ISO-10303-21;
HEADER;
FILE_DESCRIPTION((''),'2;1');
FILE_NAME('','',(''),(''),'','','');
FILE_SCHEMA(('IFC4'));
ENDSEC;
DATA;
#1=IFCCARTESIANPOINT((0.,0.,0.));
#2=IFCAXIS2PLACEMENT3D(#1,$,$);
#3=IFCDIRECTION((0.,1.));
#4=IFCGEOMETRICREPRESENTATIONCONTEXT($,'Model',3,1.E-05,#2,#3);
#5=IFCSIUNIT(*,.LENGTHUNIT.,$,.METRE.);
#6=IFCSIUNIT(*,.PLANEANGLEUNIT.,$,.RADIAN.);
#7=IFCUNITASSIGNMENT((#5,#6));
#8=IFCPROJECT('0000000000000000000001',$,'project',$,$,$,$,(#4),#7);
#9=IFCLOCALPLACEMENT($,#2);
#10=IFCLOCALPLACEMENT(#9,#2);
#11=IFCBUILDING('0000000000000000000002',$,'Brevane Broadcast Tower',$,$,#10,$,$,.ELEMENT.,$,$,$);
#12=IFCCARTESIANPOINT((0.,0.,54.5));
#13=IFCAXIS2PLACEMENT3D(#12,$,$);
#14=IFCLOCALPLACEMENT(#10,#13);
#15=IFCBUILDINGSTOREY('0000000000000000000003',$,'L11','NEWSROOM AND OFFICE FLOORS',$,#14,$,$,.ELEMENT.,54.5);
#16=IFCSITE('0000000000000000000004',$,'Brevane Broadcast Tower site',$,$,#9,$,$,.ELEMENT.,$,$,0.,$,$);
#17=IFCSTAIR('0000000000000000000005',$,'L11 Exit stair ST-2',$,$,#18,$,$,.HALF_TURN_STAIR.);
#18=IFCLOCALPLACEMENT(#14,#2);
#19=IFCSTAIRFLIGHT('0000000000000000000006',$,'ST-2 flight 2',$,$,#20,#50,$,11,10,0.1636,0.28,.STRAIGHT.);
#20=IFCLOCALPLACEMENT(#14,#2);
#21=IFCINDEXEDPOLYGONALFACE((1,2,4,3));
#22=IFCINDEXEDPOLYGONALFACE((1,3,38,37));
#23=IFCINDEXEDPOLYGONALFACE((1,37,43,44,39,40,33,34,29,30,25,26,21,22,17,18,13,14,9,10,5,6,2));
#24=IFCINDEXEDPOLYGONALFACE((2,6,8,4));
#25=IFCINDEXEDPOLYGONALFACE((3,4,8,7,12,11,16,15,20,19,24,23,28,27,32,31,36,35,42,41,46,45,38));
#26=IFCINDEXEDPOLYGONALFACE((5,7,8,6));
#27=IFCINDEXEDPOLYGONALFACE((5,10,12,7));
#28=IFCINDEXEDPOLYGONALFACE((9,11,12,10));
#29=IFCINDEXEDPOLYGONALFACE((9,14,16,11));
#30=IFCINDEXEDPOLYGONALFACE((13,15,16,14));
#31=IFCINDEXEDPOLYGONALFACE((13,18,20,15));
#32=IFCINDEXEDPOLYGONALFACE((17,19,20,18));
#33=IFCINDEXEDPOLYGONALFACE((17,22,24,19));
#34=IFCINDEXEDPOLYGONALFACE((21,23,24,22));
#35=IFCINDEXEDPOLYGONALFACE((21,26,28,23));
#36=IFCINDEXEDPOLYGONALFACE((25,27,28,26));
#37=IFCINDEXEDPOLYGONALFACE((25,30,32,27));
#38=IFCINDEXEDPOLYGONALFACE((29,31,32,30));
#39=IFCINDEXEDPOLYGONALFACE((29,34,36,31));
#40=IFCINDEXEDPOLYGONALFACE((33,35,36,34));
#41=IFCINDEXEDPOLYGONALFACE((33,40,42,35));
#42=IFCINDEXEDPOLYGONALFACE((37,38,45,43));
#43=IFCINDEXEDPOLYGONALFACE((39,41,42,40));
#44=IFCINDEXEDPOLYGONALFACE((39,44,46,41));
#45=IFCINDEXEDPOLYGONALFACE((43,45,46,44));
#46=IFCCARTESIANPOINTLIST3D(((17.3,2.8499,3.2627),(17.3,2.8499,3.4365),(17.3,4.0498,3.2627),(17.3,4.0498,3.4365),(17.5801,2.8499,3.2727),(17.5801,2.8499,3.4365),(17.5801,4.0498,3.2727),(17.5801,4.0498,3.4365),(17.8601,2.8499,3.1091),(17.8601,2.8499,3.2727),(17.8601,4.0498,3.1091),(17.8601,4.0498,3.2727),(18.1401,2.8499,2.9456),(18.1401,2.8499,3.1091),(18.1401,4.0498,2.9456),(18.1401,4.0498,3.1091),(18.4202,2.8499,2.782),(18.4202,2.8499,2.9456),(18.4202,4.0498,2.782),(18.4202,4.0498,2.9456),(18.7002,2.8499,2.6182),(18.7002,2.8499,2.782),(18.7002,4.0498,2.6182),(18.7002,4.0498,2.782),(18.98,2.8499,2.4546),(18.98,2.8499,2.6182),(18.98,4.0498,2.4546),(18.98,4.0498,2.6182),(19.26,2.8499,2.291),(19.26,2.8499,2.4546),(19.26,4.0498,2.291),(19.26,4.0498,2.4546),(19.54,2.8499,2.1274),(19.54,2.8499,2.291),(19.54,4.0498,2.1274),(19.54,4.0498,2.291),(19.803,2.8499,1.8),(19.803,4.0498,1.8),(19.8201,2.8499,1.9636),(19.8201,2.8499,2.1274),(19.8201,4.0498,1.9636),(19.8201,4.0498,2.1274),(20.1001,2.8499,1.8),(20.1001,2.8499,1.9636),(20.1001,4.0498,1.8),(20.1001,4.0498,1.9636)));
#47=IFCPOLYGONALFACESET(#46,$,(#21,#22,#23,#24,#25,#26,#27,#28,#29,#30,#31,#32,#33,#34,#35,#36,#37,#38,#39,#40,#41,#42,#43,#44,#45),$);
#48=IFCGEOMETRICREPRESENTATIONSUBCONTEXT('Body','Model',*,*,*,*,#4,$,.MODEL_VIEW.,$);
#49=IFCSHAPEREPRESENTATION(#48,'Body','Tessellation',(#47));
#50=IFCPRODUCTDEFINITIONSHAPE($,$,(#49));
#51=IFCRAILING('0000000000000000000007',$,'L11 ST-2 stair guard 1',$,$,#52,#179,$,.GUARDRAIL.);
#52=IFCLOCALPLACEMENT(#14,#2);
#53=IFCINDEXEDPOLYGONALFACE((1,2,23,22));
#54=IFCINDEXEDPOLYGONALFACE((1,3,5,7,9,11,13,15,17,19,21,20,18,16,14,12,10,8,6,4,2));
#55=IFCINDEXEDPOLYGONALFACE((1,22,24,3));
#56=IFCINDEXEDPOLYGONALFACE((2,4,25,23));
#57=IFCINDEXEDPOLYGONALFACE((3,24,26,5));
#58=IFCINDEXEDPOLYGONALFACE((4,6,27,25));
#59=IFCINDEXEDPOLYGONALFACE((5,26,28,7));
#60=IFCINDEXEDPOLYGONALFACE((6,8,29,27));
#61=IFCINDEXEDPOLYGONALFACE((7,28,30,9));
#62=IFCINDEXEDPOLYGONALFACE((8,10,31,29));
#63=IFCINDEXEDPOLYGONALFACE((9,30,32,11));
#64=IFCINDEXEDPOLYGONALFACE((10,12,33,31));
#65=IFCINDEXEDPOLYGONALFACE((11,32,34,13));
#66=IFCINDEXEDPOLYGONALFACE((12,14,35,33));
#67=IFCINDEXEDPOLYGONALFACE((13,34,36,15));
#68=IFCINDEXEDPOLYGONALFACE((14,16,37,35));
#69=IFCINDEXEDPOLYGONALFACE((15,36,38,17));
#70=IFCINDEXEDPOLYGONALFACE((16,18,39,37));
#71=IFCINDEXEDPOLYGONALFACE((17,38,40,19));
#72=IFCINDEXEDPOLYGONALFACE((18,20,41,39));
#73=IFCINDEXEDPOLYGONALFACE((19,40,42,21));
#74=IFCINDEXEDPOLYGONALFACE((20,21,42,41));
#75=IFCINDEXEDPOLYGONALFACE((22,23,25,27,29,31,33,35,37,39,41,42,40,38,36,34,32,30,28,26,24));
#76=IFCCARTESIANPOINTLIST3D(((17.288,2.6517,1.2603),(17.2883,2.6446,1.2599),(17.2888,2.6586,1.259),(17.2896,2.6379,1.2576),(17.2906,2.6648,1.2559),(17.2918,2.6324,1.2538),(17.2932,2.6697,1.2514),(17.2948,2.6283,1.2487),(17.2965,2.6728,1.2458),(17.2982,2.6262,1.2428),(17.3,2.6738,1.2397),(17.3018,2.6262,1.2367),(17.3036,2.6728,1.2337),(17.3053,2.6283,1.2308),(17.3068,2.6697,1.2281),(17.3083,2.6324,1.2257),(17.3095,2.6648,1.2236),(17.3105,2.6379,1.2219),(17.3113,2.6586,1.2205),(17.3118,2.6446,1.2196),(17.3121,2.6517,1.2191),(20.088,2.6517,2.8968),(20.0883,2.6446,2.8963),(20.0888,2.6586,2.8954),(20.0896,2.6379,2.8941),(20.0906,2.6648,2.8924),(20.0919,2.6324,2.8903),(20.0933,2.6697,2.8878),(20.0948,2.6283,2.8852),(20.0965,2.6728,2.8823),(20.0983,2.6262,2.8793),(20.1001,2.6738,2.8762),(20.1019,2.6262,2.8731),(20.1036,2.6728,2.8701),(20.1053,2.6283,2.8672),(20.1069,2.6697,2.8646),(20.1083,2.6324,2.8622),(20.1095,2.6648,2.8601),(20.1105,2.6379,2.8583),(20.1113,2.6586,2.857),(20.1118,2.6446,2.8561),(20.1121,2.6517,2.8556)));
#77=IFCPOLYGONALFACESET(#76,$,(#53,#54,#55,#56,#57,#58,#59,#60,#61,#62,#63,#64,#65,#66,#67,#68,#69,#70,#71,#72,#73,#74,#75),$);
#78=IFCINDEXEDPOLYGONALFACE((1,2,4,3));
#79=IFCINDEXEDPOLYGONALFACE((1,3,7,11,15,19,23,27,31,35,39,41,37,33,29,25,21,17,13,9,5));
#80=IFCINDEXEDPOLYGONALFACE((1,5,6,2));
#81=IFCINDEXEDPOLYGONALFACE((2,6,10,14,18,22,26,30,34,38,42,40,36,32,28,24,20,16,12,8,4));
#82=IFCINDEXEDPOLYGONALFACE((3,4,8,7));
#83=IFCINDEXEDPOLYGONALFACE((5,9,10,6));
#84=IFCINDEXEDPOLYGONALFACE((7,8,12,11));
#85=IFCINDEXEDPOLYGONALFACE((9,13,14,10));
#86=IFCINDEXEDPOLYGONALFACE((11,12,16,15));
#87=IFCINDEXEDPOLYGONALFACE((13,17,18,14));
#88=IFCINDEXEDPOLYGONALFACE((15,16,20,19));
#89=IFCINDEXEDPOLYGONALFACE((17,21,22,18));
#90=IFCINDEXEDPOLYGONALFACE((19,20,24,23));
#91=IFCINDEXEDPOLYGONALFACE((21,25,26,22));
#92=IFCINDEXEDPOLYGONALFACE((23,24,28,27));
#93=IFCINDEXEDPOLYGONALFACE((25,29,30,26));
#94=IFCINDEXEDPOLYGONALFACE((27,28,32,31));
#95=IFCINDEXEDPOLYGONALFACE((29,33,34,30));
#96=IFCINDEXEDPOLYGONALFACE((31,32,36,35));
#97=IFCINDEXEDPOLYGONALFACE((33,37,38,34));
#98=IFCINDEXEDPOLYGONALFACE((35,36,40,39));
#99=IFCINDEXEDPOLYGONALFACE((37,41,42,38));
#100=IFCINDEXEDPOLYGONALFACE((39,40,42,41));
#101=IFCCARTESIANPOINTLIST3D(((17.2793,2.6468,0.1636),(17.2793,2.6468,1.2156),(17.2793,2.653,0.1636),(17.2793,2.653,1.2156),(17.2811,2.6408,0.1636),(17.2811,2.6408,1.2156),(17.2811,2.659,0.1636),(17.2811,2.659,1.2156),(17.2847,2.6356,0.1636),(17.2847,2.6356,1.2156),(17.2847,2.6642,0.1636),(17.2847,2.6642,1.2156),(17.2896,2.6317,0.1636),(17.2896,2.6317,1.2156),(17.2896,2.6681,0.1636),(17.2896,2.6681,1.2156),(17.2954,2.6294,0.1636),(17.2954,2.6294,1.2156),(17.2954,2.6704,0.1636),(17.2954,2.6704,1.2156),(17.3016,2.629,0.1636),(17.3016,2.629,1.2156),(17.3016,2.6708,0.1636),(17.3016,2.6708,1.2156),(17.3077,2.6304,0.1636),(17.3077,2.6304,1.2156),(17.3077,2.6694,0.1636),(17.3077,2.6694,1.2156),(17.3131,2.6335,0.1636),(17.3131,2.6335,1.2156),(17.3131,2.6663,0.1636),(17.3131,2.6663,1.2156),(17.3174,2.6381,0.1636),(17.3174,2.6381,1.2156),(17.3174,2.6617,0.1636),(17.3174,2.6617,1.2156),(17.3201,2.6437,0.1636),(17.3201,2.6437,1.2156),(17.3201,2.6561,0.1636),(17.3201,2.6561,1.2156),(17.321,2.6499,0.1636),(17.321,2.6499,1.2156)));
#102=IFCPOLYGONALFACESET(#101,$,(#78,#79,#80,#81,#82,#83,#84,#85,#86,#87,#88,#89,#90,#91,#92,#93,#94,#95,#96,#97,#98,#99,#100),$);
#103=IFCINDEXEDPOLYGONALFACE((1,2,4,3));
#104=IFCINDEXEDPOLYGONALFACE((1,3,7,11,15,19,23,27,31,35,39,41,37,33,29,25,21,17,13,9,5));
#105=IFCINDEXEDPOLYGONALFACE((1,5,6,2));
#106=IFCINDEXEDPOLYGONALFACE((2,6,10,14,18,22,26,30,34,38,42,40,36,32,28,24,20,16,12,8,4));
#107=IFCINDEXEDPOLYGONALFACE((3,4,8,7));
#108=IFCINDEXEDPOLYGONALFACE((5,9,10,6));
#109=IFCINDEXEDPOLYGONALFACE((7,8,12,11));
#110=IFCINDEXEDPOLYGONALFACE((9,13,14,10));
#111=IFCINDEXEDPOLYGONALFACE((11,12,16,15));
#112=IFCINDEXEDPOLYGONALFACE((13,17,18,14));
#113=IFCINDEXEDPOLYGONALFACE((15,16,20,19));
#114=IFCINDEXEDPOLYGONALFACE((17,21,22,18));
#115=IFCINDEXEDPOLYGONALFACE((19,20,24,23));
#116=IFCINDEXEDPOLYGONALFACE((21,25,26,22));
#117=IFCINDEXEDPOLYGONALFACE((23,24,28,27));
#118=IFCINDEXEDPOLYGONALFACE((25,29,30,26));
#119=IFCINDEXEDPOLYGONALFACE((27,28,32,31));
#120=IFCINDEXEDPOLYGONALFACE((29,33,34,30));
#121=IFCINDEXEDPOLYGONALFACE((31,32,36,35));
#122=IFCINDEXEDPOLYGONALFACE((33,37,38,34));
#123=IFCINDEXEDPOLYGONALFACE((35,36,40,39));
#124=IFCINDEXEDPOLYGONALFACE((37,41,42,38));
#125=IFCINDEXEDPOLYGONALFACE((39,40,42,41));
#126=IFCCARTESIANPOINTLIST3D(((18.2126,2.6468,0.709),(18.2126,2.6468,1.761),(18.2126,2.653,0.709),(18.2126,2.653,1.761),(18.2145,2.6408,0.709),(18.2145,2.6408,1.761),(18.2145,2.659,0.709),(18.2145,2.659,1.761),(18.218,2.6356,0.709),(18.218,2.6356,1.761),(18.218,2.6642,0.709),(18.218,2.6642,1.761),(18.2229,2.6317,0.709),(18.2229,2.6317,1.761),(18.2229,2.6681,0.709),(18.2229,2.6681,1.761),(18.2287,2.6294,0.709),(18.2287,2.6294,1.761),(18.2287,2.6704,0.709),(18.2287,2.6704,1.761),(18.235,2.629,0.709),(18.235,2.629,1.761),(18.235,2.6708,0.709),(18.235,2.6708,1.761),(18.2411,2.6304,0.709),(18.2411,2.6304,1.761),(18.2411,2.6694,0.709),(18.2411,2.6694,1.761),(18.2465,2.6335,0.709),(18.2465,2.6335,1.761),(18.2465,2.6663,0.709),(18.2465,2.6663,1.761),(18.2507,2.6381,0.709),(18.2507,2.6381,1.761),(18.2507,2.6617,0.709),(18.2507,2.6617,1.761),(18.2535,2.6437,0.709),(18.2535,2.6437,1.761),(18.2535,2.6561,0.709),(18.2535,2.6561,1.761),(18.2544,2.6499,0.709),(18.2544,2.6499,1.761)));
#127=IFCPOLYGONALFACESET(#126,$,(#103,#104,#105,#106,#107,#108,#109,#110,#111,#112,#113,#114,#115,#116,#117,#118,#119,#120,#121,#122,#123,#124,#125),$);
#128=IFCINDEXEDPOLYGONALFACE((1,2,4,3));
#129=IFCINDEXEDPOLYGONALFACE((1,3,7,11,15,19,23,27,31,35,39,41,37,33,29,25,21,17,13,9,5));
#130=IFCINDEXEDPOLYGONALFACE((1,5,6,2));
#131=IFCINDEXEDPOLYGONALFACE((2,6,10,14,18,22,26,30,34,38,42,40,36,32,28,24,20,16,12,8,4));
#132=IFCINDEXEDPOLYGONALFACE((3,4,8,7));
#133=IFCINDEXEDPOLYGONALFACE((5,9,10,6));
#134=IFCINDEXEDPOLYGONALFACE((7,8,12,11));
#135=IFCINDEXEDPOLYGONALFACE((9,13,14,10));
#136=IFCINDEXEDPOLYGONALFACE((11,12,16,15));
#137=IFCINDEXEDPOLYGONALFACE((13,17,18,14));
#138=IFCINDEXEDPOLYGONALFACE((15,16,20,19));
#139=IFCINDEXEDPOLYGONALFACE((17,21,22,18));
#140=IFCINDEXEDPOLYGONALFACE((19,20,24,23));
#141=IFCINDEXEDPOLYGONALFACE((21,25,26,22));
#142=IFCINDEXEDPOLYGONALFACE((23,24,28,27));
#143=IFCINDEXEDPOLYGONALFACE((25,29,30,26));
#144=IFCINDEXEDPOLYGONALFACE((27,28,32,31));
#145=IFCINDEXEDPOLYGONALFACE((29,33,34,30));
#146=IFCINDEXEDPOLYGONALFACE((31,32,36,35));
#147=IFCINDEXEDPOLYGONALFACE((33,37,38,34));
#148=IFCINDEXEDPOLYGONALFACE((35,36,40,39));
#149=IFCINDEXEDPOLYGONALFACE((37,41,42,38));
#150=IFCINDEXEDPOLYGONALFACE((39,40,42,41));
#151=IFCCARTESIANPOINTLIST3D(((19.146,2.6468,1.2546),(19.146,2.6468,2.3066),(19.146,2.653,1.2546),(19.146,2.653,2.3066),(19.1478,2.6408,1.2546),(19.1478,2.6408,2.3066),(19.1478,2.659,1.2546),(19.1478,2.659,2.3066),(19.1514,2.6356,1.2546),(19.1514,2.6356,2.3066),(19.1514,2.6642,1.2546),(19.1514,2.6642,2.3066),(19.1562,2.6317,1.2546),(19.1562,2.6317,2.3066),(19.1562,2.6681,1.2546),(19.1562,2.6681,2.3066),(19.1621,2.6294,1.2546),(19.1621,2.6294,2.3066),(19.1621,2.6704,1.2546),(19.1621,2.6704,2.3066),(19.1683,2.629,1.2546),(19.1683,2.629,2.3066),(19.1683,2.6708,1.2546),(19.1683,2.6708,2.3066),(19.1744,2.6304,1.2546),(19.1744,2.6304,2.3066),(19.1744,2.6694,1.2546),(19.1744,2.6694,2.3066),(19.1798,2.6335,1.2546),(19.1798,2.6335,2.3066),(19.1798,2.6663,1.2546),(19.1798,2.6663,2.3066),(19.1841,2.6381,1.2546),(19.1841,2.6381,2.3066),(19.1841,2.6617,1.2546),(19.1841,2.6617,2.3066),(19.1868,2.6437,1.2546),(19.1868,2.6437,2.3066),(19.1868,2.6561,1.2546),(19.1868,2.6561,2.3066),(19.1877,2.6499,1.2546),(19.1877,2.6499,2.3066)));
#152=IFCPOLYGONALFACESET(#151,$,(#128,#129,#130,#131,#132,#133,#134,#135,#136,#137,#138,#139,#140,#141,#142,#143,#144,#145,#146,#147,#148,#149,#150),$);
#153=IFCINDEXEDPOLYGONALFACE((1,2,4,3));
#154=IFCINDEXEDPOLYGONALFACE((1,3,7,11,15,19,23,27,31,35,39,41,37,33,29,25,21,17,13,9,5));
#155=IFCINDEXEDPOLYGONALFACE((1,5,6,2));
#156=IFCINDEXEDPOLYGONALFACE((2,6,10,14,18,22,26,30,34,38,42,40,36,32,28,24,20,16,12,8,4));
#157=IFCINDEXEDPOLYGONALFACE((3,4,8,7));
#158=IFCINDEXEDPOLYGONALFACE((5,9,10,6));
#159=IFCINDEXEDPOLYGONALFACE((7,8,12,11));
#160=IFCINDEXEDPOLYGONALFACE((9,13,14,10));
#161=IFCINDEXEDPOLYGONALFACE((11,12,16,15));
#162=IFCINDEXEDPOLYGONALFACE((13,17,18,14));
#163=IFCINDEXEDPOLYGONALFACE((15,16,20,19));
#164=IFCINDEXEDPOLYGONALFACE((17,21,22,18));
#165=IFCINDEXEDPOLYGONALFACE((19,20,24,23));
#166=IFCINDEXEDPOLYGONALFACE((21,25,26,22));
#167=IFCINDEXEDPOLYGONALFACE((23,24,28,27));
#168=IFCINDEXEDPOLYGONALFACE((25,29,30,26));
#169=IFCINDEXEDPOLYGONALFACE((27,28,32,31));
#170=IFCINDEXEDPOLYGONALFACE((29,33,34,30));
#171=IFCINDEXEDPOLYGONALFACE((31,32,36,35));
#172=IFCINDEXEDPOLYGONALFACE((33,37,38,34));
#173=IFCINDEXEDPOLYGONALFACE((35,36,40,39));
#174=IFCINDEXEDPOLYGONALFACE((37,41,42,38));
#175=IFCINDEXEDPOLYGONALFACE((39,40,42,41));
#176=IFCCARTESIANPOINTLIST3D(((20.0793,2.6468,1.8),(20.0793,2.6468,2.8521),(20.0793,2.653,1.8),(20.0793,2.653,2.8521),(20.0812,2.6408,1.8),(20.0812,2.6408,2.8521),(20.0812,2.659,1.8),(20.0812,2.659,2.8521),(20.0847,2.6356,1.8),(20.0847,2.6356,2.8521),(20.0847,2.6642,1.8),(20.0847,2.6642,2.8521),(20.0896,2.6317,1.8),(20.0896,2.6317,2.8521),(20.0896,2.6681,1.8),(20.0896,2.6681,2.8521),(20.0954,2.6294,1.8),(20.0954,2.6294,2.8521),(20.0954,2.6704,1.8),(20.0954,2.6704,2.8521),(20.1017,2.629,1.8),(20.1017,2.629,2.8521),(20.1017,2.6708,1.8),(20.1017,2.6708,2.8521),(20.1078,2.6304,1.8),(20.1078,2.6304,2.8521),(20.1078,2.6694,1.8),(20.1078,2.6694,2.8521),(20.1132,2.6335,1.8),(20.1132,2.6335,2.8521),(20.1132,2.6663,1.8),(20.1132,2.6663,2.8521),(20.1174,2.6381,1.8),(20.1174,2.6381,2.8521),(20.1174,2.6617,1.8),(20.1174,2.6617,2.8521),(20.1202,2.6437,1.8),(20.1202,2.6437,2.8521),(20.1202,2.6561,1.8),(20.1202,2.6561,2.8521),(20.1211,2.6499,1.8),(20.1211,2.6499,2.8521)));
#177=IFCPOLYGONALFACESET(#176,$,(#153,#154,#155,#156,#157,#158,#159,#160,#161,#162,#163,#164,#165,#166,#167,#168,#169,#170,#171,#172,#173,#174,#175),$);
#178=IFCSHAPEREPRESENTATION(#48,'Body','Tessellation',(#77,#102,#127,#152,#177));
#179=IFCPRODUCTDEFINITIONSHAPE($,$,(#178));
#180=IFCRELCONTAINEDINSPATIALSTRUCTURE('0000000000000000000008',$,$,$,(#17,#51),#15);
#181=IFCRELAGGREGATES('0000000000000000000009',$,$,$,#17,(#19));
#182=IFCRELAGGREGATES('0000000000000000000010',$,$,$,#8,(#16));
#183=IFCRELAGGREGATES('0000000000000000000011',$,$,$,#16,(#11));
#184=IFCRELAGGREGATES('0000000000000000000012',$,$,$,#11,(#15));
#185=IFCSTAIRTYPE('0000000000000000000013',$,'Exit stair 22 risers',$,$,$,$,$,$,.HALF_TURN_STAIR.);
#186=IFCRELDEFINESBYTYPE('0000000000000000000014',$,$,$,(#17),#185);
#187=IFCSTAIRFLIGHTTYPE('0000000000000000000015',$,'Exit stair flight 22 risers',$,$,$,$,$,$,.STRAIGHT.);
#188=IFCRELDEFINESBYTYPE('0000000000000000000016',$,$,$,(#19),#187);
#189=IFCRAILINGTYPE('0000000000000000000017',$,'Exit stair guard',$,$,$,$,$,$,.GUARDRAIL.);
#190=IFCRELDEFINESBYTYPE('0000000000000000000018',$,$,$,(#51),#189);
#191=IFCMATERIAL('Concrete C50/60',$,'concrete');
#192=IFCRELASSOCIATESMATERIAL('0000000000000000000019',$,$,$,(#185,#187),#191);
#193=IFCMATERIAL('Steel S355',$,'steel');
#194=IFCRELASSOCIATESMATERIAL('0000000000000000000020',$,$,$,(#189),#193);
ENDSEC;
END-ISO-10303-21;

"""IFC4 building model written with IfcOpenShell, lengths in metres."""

from ifc_helpers import new_model, si_unit, direction, frame, origin, origin_2d, place, context, subcontext, project, spatial, polyline, circle, outline, extrude, material, type_object, element, aggregate, save


model = new_model("IFC4")

# Units and contexts
model_context = context("Model", 3, precision=1e-05, world=origin(), true_north=direction((0.0, 1.0)))
body_context = subcontext(model_context, "Body", "Model", "MODEL_VIEW")
ifc_project = project(units=[si_unit("LENGTHUNIT", "METRE"), si_unit("PLANEANGLEUNIT", "RADIAN")], contexts=[model_context])

# Site, building, storey
site_placement = place(None, origin())
site = spatial("IfcSite", under=ifc_project, at=site_placement, Name="Brevane Broadcast Tower site", CompositionType="ELEMENT", RefElevation=0.0)
building_placement = place(site_placement, origin())
building = spatial("IfcBuilding", under=site, at=building_placement, Name="Brevane Broadcast Tower", CompositionType="ELEMENT")
storey_placement = place(building_placement, frame((0.0, 0.0, 54.5)))
storey = spatial("IfcBuildingStorey", under=building, at=storey_placement, Name="L11", Description="NEWSROOM AND OFFICE FLOORS", CompositionType="ELEMENT", Elevation=54.5)

# Stair, stair flight
ifc_material_1 = material(Name="Concrete C50/60", Category="concrete")
stair_type = type_object("IfcStairType", Name="Exit stair 22 risers", PredefinedType="HALF_TURN_STAIR", material=ifc_material_1)
stair_placement = place(storey_placement, origin())
stair = element("IfcStair", 1, at=stair_placement, inside=storey, type_object=stair_type, Name="L11 Exit stair ST-2", PredefinedType="HALF_TURN_STAIR")
stair_flight_type = type_object("IfcStairFlightType", Name="Exit stair flight 22 risers", PredefinedType="STRAIGHT", material=ifc_material_1)
stair_flight_1_placement = place(storey_placement, frame((20.1001, 3.45, 1.8), z_axis=(0.0, 0.0, 1.0), x_axis=(-1.0, 0.0, 0.0)))
stair_flight_1 = element("IfcStairFlight", 2, at=stair_flight_1_placement, type_object=stair_flight_type, Name="ST-2 flight 2", NumberOfRisers=11, NumberOfTreads=10, PredefinedType="STRAIGHT", RiserHeight=0.1636, TreadLength=0.28, context=body_context, shape_type="SweptSolid", body=[
    extrude(outline(polyline([(0.0, 0.0), (0.0, 0.1636), (0.28, 0.1636), (0.28, 0.3274), (0.5601, 0.3274), (0.5601, 0.491), (0.8401, 0.491), (0.8401, 0.6545), (1.1201, 0.6545), (1.1201, 0.8181), (1.3999, 0.8181), (1.3999, 0.9819), (1.6799, 0.9819), (1.6799, 1.1455), (1.96, 1.1455), (1.96, 1.3091), (2.24, 1.3091), (2.24, 1.4727), (2.52, 1.4727), (2.52, 1.6365), (2.8, 1.6365), (2.8, 1.8), (2.8, 1.4626), (0.2971, 0.0), (0.0, 0.0)])), frame((0.0, 0.6001, 0.0), z_axis=(0.0, -1.0, 0.0), x_axis=(1.0, 0.0, 0.0)), (0.0, 0.0, 1.0), 1.2),
])
aggregate(stair, [stair_flight_1])

# Railing
ifc_material_2 = material(Name="Steel S355", Category="steel")
railing_type_1 = type_object("IfcRailingType", Name="Exit stair guard", PredefinedType="GUARDRAIL", material=ifc_material_2)
railing_1_placement = place(storey_placement, frame((17.3, 2.6499, 0.1636)))
element("IfcRailing", 3, at=railing_1_placement, inside=storey, type_object=railing_type_1, Name="L11 ST-2 stair guard 1", PredefinedType="GUARDRAIL", context=body_context, shape_type="SweptSolid", body=[
    extrude(circle(Radius=0.0239, at=origin_2d()), frame((0.0, 0.0, 1.0762), z_axis=(0.863361, 0.0, 0.504587), x_axis=(0.0, 1.0, 0.0)), (0.0, 0.0, 1.0), 3.2432),
    extrude(circle(Radius=0.021, at=origin_2d()), origin(), (0.0, 0.0, 1.0), 1.052),
    extrude(circle(Radius=0.021, at=origin_2d()), frame((0.9333, 0.0, 0.5454)), (0.0, 0.0, 1.0), 1.052),
    extrude(circle(Radius=0.021, at=origin_2d()), frame((1.8667, 0.0, 1.0911)), (0.0, 0.0, 1.0), 1.052),
    extrude(circle(Radius=0.021, at=origin_2d()), frame((2.8, 0.0, 1.6365)), (0.0, 0.0, 1.0), 1.052),
])

save(model, "model.ifc")
